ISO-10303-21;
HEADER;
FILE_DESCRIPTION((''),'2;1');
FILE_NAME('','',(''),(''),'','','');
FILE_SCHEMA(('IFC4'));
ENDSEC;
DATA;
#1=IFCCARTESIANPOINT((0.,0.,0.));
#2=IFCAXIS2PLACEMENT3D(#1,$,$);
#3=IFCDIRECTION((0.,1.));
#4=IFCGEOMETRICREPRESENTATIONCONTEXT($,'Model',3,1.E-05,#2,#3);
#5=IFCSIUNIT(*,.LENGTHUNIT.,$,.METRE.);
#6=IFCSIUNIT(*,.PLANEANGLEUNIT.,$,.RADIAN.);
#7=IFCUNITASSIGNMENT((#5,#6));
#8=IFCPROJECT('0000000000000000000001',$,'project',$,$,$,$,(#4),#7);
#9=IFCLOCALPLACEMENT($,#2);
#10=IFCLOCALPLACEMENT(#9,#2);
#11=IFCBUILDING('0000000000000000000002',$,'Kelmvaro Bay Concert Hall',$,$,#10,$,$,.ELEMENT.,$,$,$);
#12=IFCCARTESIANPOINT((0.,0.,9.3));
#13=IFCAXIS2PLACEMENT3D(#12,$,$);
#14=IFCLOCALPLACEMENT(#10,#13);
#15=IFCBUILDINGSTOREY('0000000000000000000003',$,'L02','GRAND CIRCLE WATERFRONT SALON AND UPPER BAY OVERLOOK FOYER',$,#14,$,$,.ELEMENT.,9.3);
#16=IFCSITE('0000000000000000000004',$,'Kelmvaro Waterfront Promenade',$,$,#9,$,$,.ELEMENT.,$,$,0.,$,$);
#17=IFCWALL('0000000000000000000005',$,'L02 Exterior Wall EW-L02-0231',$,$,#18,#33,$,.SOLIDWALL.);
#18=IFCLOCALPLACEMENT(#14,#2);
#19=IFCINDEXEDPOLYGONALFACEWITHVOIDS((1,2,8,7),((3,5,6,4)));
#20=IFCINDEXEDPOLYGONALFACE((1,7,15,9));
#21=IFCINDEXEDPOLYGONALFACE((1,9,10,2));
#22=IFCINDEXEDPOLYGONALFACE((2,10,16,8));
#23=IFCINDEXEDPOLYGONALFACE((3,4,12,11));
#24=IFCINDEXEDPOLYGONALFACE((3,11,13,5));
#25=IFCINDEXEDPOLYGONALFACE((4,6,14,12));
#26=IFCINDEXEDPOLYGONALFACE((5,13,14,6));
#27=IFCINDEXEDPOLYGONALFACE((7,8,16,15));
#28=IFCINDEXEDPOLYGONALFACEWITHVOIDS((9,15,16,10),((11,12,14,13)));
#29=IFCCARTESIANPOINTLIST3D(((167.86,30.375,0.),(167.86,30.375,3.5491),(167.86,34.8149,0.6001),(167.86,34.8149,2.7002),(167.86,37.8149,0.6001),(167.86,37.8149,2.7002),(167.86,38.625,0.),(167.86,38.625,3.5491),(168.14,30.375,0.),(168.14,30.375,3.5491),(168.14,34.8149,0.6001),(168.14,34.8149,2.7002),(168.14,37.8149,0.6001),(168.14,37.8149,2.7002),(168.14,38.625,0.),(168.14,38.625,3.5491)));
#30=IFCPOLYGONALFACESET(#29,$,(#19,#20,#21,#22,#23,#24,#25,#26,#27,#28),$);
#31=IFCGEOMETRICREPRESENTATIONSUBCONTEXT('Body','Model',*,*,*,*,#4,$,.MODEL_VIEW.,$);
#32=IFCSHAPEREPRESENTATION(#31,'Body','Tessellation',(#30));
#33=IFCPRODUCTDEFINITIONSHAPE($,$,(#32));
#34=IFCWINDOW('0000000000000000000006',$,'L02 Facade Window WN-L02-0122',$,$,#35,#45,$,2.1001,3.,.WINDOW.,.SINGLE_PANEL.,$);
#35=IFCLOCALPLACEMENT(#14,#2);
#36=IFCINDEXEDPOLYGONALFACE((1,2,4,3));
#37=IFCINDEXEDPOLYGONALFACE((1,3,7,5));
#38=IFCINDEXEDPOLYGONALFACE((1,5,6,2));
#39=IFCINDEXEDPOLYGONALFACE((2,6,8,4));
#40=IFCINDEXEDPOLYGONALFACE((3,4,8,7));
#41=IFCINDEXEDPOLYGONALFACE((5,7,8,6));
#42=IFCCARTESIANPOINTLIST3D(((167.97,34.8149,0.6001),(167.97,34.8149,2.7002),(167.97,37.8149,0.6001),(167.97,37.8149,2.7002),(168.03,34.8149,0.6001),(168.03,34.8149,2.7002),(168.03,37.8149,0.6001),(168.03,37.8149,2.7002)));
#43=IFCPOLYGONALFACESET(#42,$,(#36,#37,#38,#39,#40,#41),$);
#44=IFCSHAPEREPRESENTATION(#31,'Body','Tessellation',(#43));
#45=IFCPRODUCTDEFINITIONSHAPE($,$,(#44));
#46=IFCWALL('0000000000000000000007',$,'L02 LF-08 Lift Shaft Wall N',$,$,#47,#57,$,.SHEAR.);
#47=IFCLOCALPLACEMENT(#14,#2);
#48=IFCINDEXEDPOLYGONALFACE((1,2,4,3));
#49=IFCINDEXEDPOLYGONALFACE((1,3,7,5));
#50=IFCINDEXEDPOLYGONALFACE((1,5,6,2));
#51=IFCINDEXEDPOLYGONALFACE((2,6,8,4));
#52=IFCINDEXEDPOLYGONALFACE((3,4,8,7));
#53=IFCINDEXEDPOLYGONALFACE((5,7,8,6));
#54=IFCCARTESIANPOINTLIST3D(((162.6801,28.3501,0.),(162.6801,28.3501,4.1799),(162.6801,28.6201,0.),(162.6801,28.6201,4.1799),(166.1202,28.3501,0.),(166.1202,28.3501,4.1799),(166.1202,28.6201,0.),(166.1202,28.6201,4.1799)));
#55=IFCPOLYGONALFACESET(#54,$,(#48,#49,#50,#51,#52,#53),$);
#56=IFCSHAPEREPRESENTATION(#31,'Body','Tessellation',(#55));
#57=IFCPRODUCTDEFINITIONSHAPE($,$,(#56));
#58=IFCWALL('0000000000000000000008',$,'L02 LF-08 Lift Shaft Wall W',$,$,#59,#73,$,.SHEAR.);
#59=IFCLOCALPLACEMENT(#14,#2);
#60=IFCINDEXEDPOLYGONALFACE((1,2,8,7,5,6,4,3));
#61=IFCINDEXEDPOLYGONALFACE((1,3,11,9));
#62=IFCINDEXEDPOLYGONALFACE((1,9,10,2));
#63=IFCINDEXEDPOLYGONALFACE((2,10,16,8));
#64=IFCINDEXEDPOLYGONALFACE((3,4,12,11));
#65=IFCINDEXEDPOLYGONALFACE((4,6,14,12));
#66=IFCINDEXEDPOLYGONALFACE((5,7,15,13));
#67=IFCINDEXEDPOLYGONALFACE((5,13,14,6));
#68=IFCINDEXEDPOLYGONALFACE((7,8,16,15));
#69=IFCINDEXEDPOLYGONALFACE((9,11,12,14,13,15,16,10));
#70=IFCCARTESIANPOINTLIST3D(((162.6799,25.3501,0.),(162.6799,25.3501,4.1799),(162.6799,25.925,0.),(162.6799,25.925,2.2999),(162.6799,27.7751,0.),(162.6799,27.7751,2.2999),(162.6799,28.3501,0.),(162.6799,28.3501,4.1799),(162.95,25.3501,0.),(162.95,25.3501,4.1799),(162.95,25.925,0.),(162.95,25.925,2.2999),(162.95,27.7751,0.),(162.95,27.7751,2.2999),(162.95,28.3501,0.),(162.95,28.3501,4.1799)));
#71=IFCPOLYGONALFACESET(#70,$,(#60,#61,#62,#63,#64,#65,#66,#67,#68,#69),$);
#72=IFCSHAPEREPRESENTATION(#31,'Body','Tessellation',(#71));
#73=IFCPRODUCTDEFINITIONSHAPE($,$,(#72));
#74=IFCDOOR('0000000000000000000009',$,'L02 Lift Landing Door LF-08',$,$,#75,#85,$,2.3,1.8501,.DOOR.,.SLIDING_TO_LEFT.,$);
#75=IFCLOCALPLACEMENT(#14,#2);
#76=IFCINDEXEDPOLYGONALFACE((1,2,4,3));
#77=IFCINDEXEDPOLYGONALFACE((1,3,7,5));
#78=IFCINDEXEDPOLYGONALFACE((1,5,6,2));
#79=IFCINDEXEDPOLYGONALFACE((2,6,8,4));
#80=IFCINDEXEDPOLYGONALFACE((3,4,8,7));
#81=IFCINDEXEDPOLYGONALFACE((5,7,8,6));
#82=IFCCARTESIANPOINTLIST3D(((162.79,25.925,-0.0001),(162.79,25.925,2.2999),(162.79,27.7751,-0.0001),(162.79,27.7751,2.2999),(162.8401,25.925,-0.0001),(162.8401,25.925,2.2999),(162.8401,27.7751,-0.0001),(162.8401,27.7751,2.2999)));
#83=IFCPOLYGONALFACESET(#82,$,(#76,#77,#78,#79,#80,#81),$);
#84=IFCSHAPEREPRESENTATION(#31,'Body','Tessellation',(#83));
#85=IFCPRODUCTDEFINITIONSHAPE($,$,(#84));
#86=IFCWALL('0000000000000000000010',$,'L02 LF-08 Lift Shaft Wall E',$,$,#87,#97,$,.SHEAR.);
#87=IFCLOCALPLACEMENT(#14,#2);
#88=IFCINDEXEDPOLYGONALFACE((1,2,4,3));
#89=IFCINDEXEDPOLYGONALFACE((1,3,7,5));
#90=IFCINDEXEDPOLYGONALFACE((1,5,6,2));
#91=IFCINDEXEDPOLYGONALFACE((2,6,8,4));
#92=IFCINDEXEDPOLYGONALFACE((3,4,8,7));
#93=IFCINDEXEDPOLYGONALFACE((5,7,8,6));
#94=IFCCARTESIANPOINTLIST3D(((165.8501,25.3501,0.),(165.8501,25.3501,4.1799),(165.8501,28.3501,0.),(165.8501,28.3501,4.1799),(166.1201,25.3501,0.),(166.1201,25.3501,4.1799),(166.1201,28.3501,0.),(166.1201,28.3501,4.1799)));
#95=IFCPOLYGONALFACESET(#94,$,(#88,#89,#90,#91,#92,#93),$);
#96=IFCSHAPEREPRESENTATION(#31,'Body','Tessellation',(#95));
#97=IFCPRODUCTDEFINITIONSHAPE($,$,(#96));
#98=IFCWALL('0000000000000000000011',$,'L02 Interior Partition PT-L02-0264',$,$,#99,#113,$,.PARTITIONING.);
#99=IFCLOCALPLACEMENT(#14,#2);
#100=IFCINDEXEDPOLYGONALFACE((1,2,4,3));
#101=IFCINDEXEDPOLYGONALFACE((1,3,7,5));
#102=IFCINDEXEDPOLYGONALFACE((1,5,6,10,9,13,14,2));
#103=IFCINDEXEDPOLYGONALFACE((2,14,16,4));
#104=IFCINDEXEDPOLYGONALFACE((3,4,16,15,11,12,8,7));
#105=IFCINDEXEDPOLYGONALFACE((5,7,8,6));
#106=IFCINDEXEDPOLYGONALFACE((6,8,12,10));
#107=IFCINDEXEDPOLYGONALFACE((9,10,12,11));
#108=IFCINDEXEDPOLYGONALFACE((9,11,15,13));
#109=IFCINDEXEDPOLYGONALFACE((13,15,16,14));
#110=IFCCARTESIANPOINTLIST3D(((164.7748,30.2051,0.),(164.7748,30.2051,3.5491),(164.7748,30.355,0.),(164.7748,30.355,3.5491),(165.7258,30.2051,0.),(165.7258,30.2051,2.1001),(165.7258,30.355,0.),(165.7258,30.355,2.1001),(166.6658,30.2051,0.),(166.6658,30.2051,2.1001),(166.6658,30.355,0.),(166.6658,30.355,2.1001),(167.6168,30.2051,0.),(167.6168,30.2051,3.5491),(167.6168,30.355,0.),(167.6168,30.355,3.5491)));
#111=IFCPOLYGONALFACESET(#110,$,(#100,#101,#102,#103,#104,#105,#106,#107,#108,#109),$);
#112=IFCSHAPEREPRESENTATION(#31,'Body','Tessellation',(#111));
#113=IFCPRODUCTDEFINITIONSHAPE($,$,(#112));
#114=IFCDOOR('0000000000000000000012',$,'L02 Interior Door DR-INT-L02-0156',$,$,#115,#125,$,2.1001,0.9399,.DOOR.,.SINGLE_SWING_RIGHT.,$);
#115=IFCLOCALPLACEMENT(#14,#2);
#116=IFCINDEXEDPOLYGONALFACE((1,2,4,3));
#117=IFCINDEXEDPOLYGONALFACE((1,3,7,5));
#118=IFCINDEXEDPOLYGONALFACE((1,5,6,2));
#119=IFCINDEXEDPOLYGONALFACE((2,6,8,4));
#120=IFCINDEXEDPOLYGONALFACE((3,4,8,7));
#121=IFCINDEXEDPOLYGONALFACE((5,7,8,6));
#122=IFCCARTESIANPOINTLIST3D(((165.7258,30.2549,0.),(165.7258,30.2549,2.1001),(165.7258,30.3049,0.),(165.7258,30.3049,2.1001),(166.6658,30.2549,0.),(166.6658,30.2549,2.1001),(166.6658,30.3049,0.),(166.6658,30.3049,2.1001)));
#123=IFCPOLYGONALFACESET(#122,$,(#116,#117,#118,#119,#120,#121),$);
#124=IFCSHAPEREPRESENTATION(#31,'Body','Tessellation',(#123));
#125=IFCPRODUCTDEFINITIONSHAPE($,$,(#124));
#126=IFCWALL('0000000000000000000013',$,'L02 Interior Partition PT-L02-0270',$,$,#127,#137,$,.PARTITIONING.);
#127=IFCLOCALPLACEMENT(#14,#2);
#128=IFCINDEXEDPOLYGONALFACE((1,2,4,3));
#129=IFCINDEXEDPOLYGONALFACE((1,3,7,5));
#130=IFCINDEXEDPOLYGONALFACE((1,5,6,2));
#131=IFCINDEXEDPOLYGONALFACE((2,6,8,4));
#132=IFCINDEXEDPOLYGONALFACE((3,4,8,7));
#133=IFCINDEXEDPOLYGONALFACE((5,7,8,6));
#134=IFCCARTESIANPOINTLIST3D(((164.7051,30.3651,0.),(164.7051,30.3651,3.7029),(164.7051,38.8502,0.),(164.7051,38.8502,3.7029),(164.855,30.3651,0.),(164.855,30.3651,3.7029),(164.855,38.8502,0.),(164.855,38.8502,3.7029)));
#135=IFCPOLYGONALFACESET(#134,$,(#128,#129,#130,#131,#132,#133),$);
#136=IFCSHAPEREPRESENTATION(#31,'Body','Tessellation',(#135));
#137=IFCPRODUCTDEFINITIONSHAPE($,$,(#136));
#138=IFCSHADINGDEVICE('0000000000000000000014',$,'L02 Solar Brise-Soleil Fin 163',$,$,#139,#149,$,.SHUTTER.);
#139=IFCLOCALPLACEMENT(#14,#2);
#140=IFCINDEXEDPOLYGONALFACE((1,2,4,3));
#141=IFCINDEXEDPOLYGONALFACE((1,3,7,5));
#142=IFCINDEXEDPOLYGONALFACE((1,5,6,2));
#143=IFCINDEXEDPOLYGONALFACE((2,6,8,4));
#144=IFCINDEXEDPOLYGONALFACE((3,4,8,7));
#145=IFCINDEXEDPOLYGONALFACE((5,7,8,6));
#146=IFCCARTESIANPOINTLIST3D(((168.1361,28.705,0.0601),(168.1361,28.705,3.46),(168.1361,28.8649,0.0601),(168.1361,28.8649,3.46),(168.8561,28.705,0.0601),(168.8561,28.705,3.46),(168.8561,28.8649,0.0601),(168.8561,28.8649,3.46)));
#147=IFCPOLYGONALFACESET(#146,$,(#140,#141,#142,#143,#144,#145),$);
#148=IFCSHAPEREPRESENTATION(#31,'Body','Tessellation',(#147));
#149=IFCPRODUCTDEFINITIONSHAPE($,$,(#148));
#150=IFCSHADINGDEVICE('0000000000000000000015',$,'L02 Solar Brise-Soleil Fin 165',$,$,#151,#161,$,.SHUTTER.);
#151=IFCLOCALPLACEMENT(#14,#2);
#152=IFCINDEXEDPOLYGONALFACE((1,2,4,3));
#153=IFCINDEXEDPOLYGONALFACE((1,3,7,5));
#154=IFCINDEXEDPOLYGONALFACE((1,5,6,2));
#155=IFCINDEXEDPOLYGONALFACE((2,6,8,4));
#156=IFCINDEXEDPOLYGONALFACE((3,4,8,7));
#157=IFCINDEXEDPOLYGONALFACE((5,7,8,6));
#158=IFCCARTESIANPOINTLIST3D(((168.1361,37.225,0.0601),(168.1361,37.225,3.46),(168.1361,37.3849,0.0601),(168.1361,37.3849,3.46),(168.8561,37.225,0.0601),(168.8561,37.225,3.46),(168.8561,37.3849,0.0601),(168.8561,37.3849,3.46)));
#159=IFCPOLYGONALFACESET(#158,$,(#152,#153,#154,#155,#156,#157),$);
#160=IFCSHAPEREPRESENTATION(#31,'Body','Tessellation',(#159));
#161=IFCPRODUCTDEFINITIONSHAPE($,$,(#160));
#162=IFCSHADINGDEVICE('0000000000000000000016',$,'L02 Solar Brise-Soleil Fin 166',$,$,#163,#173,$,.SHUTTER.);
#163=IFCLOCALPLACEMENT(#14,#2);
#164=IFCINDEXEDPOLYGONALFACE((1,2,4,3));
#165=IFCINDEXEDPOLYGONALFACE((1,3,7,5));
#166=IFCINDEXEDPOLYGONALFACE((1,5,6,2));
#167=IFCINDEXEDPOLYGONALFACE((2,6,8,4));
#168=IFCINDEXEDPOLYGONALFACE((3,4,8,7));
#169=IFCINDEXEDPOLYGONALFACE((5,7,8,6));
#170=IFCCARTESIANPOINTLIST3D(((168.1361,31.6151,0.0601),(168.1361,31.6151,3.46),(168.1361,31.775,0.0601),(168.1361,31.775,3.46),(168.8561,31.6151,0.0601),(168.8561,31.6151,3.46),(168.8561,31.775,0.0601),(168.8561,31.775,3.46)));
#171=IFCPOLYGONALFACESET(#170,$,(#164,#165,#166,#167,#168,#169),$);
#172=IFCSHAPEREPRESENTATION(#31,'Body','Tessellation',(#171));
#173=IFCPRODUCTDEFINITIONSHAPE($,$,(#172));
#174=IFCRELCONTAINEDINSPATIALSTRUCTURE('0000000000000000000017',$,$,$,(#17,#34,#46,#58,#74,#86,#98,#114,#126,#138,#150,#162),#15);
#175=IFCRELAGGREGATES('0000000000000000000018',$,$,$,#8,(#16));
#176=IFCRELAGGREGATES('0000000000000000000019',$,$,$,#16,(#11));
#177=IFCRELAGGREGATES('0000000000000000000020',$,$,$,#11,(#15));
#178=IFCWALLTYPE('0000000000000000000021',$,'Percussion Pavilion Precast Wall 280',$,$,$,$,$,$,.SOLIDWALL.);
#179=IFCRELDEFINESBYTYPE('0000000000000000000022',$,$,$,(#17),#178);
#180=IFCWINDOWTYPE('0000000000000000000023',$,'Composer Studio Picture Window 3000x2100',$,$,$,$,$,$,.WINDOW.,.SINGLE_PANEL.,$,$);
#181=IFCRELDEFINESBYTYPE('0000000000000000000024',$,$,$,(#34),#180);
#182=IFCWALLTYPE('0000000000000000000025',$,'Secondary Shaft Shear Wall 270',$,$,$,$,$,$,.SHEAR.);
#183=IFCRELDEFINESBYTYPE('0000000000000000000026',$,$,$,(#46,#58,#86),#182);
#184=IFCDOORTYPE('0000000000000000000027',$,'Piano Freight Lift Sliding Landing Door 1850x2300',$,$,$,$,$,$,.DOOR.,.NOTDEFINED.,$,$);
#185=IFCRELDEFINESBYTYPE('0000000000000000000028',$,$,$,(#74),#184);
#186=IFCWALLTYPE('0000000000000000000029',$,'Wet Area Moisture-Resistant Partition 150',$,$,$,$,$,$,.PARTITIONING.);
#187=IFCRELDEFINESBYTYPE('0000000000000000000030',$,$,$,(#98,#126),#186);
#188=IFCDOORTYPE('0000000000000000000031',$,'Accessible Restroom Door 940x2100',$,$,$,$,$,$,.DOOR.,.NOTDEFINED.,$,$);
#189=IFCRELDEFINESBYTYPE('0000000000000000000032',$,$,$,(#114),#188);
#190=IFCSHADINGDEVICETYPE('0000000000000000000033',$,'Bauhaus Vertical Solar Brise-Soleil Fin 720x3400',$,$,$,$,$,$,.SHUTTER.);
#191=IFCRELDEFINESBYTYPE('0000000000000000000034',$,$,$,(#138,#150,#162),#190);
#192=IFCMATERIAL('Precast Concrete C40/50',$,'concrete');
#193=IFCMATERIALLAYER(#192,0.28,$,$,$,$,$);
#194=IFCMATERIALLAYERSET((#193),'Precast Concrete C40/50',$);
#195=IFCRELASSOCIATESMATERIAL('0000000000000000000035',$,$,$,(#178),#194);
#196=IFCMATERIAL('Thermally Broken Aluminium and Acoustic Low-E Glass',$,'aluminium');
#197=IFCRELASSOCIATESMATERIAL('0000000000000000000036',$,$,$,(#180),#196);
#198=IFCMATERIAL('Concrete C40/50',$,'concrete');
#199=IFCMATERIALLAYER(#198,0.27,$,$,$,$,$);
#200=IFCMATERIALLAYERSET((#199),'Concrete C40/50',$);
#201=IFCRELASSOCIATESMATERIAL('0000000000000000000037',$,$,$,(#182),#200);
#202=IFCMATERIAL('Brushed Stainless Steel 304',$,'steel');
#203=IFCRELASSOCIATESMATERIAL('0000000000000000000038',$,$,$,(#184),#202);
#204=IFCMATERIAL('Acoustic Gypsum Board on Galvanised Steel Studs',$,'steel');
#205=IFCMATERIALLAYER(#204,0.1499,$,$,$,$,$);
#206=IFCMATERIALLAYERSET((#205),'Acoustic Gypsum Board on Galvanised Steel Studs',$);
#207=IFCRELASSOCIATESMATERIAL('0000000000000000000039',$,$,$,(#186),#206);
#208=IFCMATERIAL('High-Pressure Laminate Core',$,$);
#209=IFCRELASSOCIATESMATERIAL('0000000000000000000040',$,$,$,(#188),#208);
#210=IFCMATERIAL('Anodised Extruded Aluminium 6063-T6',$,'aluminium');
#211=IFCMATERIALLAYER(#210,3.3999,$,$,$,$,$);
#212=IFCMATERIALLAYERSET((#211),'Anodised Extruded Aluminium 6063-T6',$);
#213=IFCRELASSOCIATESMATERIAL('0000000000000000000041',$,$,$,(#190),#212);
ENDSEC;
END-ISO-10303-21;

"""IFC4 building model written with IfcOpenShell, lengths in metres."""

from ifc_helpers import new_model, si_unit, direction, frame, frame_2d, origin, origin_2d, place, context, subcontext, project, spatial, rectangle, extrude, material, layer, layer_set, type_object, element, fill, save


model = new_model("IFC4")

# Units and contexts
model_context = context("Model", 3, precision=1e-05, world=origin(), true_north=direction((0.0, 1.0)))
body_context = subcontext(model_context, "Body", "Model", "MODEL_VIEW")
ifc_project = project(units=[si_unit("LENGTHUNIT", "METRE"), si_unit("PLANEANGLEUNIT", "RADIAN")], contexts=[model_context])

# Site, building, storey
site_placement = place(None, origin())
site = spatial("IfcSite", under=ifc_project, at=site_placement, Name="Kelmvaro Waterfront Promenade", CompositionType="ELEMENT", RefElevation=0.0)
building_placement = place(site_placement, origin())
building = spatial("IfcBuilding", under=site, at=building_placement, Name="Kelmvaro Bay Concert Hall", CompositionType="ELEMENT")
storey_placement = place(building_placement, frame((0.0, 0.0, 9.3)))
storey = spatial("IfcBuildingStorey", under=building, at=storey_placement, Name="L02", Description="GRAND CIRCLE WATERFRONT SALON AND UPPER BAY OVERLOOK FOYER", CompositionType="ELEMENT", Elevation=9.3)

# Wall, opening, window
ifc_material_1 = material(Name="Precast Concrete C40/50", Category="concrete")
ifc_layer_1 = layer(ifc_material_1, 0.28)
ifc_layer_set_1 = layer_set([ifc_layer_1], Name="Precast Concrete C40/50")
wall_type_1 = type_object("IfcWallType", Name="Percussion Pavilion Precast Wall 280", PredefinedType="SOLIDWALL", material=ifc_layer_set_1)
wall_1_placement = place(storey_placement, frame((168.0, 38.625, 0.0), z_axis=(0.0, 0.0, 1.0), x_axis=(0.0, -1.0, 0.0)))
wall_1 = element("IfcWall", 1, at=wall_1_placement, inside=storey, type_object=wall_type_1, Name="L02 Exterior Wall EW-L02-0231", PredefinedType="SOLIDWALL", context=body_context, shape_type="SweptSolid", body=[
    extrude(rectangle(XDim=8.25, YDim=0.28, at=frame_2d((4.125, 0.0))), origin(), (0.0, 0.0, 1.0), 3.5491),
])
opening_1_placement = place(wall_1_placement, frame((0.8101, 0.0, 0.6001)))
opening_1 = element("IfcOpeningElement", 2, at=opening_1_placement, cuts=wall_1, PredefinedType="OPENING", context=body_context, shape_type="SweptSolid", body=[
    extrude(rectangle(XDim=3.0, YDim=2.1001, at=frame_2d((1.5, 1.05))), frame((0.0, 0.1499, 0.0), z_axis=(0.0, -1.0, 0.0), x_axis=(1.0, 0.0, 0.0)), (0.0, 0.0, 1.0), 0.3),
])
ifc_material_2 = material(Name="Thermally Broken Aluminium and Acoustic Low-E Glass", Category="aluminium")
window_type_1 = type_object("IfcWindowType", Name="Composer Studio Picture Window 3000x2100", PartitioningType="SINGLE_PANEL", PredefinedType="WINDOW", material=ifc_material_2)
window_1_placement = place(opening_1_placement, origin())
window_1 = element("IfcWindow", 3, at=window_1_placement, inside=storey, type_object=window_type_1, Name="L02 Facade Window WN-L02-0122", OverallHeight=2.1001, OverallWidth=3.0, PartitioningType="SINGLE_PANEL", PredefinedType="WINDOW", context=body_context, shape_type="SweptSolid", body=[
    extrude(rectangle(XDim=3.0, YDim=2.1001, at=frame_2d((1.5, 1.05))), frame((0.0, 0.03, 0.0), z_axis=(0.0, -1.0, 0.0), x_axis=(1.0, 0.0, 0.0)), (0.0, 0.0, 1.0), 0.0601),
])
fill(opening_1, window_1)

# Wall
ifc_material_3 = material(Name="Concrete C40/50", Category="concrete")
ifc_layer_2 = layer(ifc_material_3, 0.27)
ifc_layer_set_2 = layer_set([ifc_layer_2], Name="Concrete C40/50")
wall_type_2 = type_object("IfcWallType", Name="Secondary Shaft Shear Wall 270", PredefinedType="SHEAR", material=ifc_layer_set_2)
wall_2_placement = place(storey_placement, frame((162.6799, 28.4851, 0.0), z_axis=(0.0, 0.0, 1.0), x_axis=(1.0, 0.0, 0.0)))
element("IfcWall", 4, at=wall_2_placement, inside=storey, type_object=wall_type_2, Name="L02 LF-08 Lift Shaft Wall N", PredefinedType="SHEAR", context=body_context, shape_type="SweptSolid", body=[
    extrude(rectangle(XDim=3.4402, YDim=0.27, at=frame_2d((1.7202, 0.0))), origin(), (0.0, 0.0, 1.0), 4.1799),
])

# Wall, opening, door
wall_3_placement = place(storey_placement, frame((162.8149, 25.3501, 0.0), z_axis=(0.0, 0.0, 1.0), x_axis=(0.0, 1.0, 0.0)))
wall_3 = element("IfcWall", 5, at=wall_3_placement, inside=storey, type_object=wall_type_2, Name="L02 LF-08 Lift Shaft Wall W", PredefinedType="SHEAR", context=body_context, shape_type="SweptSolid", body=[
    extrude(rectangle(XDim=3.0, YDim=0.27, at=frame_2d((1.5, 0.0))), origin(), (0.0, 0.0, 1.0), 4.1799),
])
opening_2_placement = place(wall_3_placement, frame((0.575, 0.0, 0.0)))
opening_2 = element("IfcOpeningElement", 6, at=opening_2_placement, cuts=wall_3, PredefinedType="OPENING", context=body_context, shape_type="SweptSolid", body=[
    extrude(rectangle(XDim=1.8501, YDim=2.3, at=frame_2d((0.925, 1.1499))), frame((0.0, 0.145, 0.0), z_axis=(0.0, -1.0, 0.0), x_axis=(1.0, 0.0, 0.0)), (0.0, 0.0, 1.0), 0.29),
])
ifc_material_4 = material(Name="Brushed Stainless Steel 304", Category="steel")
door_type_1 = type_object("IfcDoorType", Name="Piano Freight Lift Sliding Landing Door 1850x2300", OperationType="NOTDEFINED", PredefinedType="DOOR", material=ifc_material_4)
door_1_placement = place(opening_2_placement, origin())
door_1 = element("IfcDoor", 7, at=door_1_placement, inside=storey, type_object=door_type_1, Name="L02 Lift Landing Door LF-08", OperationType="SLIDING_TO_LEFT", OverallHeight=2.3, OverallWidth=1.8501, PredefinedType="DOOR", context=body_context, shape_type="SweptSolid", body=[
    extrude(rectangle(XDim=1.8501, YDim=2.3, at=frame_2d((0.925, 1.1499))), frame((0.0, 0.0249, 0.0), z_axis=(0.0, -1.0, 0.0), x_axis=(1.0, 0.0, 0.0)), (0.0, 0.0, 1.0), 0.05),
])
fill(opening_2, door_1)

# Wall
wall_4_placement = place(storey_placement, frame((165.9851, 25.3501, 0.0), z_axis=(0.0, 0.0, 1.0), x_axis=(0.0, 1.0, 0.0)))
element("IfcWall", 8, at=wall_4_placement, inside=storey, type_object=wall_type_2, Name="L02 LF-08 Lift Shaft Wall E", PredefinedType="SHEAR", context=body_context, shape_type="SweptSolid", body=[
    extrude(rectangle(XDim=3.0, YDim=0.27, at=frame_2d((1.5, 0.0))), origin(), (0.0, 0.0, 1.0), 4.1799),
])

# Wall, opening, door
ifc_material_5 = material(Name="Acoustic Gypsum Board on Galvanised Steel Studs", Category="steel")
ifc_layer_3 = layer(ifc_material_5, 0.1499)
ifc_layer_set_3 = layer_set([ifc_layer_3], Name="Acoustic Gypsum Board on Galvanised Steel Studs")
wall_type_3 = type_object("IfcWallType", Name="Wet Area Moisture-Resistant Partition 150", PredefinedType="PARTITIONING", material=ifc_layer_set_3)
wall_5_placement = place(storey_placement, frame((164.7749, 30.28, 0.0), z_axis=(0.0, 0.0, 1.0), x_axis=(1.0, 0.0, 0.0)))
wall_5 = element("IfcWall", 9, at=wall_5_placement, inside=storey, type_object=wall_type_3, Name="L02 Interior Partition PT-L02-0264", PredefinedType="PARTITIONING", context=body_context, shape_type="SweptSolid", body=[
    extrude(rectangle(XDim=2.842, YDim=0.1499, at=frame_2d((1.4209, 0.0))), origin(), (0.0, 0.0, 1.0), 3.5491),
])
opening_3_placement = place(wall_5_placement, frame((0.9509, 0.0, 0.0)))
opening_3 = element("IfcOpeningElement", 10, at=opening_3_placement, cuts=wall_5, PredefinedType="OPENING", context=body_context, shape_type="SweptSolid", body=[
    extrude(rectangle(XDim=0.9399, YDim=2.1001, at=frame_2d((0.47, 1.05))), frame((0.0, 0.085, 0.0), z_axis=(0.0, -1.0, 0.0), x_axis=(1.0, 0.0, 0.0)), (0.0, 0.0, 1.0), 0.1699),
])
ifc_material_6 = material(Name="High-Pressure Laminate Core")
door_type_2 = type_object("IfcDoorType", Name="Accessible Restroom Door 940x2100", OperationType="NOTDEFINED", PredefinedType="DOOR", material=ifc_material_6)
door_2_placement = place(opening_3_placement, origin())
door_2 = element("IfcDoor", 11, at=door_2_placement, inside=storey, type_object=door_type_2, Name="L02 Interior Door DR-INT-L02-0156", OperationType="SINGLE_SWING_RIGHT", OverallHeight=2.1001, OverallWidth=0.9399, PredefinedType="DOOR", context=body_context, shape_type="SweptSolid", body=[
    extrude(rectangle(XDim=0.9399, YDim=2.1001, at=frame_2d((0.47, 1.05))), frame((0.0, 0.0249, 0.0), z_axis=(0.0, -1.0, 0.0), x_axis=(1.0, 0.0, 0.0)), (0.0, 0.0, 1.0), 0.05),
])
fill(opening_3, door_2)

# Wall
wall_6_placement = place(storey_placement, frame((164.78, 30.365, 0.0), z_axis=(0.0, 0.0, 1.0), x_axis=(0.0, 1.0, 0.0)))
element("IfcWall", 12, at=wall_6_placement, inside=storey, type_object=wall_type_3, Name="L02 Interior Partition PT-L02-0270", PredefinedType="PARTITIONING", context=body_context, shape_type="SweptSolid", body=[
    extrude(rectangle(XDim=8.4851, YDim=0.1499, at=frame_2d((4.2427, 0.0))), origin(), (0.0, 0.0, 1.0), 3.7029),
])

# Shading devices
ifc_material_7 = material(Name="Anodised Extruded Aluminium 6063-T6", Category="aluminium")
ifc_layer_4 = layer(ifc_material_7, 3.3999)
ifc_layer_set_4 = layer_set([ifc_layer_4], Name="Anodised Extruded Aluminium 6063-T6")
shading_device_type = type_object("IfcShadingDeviceType", Name="Bauhaus Vertical Solar Brise-Soleil Fin 720x3400", PredefinedType="SHUTTER", material=ifc_layer_set_4)
for number, where, z_axis, x_axis, name in (
    (13, (168.4961, 28.7849, 0.0601), (0.0, 0.0, 1.0), (0.0, -1.0, 0.0), "L02 Solar Brise-Soleil Fin 163"),
    (14, (168.4961, 37.3049, 0.0601), (0.0, 0.0, 1.0), (0.0, -1.0, 0.0), "L02 Solar Brise-Soleil Fin 165"),
    (15, (168.4961, 31.6951, 0.0601), (0.0, 0.0, 1.0), (0.0, -1.0, 0.0), "L02 Solar Brise-Soleil Fin 166"),
):
    element("IfcShadingDevice", number, at=place(storey_placement, frame(where, z_axis=z_axis, x_axis=x_axis)), inside=storey, type_object=shading_device_type, Name=name, PredefinedType="SHUTTER", context=body_context, shape_type="SweptSolid", body=[
        extrude(rectangle(XDim=0.1599, YDim=0.72, at=origin_2d()), origin(), (0.0, 0.0, 1.0), 3.3999),
    ])

save(model, "model.ifc")
